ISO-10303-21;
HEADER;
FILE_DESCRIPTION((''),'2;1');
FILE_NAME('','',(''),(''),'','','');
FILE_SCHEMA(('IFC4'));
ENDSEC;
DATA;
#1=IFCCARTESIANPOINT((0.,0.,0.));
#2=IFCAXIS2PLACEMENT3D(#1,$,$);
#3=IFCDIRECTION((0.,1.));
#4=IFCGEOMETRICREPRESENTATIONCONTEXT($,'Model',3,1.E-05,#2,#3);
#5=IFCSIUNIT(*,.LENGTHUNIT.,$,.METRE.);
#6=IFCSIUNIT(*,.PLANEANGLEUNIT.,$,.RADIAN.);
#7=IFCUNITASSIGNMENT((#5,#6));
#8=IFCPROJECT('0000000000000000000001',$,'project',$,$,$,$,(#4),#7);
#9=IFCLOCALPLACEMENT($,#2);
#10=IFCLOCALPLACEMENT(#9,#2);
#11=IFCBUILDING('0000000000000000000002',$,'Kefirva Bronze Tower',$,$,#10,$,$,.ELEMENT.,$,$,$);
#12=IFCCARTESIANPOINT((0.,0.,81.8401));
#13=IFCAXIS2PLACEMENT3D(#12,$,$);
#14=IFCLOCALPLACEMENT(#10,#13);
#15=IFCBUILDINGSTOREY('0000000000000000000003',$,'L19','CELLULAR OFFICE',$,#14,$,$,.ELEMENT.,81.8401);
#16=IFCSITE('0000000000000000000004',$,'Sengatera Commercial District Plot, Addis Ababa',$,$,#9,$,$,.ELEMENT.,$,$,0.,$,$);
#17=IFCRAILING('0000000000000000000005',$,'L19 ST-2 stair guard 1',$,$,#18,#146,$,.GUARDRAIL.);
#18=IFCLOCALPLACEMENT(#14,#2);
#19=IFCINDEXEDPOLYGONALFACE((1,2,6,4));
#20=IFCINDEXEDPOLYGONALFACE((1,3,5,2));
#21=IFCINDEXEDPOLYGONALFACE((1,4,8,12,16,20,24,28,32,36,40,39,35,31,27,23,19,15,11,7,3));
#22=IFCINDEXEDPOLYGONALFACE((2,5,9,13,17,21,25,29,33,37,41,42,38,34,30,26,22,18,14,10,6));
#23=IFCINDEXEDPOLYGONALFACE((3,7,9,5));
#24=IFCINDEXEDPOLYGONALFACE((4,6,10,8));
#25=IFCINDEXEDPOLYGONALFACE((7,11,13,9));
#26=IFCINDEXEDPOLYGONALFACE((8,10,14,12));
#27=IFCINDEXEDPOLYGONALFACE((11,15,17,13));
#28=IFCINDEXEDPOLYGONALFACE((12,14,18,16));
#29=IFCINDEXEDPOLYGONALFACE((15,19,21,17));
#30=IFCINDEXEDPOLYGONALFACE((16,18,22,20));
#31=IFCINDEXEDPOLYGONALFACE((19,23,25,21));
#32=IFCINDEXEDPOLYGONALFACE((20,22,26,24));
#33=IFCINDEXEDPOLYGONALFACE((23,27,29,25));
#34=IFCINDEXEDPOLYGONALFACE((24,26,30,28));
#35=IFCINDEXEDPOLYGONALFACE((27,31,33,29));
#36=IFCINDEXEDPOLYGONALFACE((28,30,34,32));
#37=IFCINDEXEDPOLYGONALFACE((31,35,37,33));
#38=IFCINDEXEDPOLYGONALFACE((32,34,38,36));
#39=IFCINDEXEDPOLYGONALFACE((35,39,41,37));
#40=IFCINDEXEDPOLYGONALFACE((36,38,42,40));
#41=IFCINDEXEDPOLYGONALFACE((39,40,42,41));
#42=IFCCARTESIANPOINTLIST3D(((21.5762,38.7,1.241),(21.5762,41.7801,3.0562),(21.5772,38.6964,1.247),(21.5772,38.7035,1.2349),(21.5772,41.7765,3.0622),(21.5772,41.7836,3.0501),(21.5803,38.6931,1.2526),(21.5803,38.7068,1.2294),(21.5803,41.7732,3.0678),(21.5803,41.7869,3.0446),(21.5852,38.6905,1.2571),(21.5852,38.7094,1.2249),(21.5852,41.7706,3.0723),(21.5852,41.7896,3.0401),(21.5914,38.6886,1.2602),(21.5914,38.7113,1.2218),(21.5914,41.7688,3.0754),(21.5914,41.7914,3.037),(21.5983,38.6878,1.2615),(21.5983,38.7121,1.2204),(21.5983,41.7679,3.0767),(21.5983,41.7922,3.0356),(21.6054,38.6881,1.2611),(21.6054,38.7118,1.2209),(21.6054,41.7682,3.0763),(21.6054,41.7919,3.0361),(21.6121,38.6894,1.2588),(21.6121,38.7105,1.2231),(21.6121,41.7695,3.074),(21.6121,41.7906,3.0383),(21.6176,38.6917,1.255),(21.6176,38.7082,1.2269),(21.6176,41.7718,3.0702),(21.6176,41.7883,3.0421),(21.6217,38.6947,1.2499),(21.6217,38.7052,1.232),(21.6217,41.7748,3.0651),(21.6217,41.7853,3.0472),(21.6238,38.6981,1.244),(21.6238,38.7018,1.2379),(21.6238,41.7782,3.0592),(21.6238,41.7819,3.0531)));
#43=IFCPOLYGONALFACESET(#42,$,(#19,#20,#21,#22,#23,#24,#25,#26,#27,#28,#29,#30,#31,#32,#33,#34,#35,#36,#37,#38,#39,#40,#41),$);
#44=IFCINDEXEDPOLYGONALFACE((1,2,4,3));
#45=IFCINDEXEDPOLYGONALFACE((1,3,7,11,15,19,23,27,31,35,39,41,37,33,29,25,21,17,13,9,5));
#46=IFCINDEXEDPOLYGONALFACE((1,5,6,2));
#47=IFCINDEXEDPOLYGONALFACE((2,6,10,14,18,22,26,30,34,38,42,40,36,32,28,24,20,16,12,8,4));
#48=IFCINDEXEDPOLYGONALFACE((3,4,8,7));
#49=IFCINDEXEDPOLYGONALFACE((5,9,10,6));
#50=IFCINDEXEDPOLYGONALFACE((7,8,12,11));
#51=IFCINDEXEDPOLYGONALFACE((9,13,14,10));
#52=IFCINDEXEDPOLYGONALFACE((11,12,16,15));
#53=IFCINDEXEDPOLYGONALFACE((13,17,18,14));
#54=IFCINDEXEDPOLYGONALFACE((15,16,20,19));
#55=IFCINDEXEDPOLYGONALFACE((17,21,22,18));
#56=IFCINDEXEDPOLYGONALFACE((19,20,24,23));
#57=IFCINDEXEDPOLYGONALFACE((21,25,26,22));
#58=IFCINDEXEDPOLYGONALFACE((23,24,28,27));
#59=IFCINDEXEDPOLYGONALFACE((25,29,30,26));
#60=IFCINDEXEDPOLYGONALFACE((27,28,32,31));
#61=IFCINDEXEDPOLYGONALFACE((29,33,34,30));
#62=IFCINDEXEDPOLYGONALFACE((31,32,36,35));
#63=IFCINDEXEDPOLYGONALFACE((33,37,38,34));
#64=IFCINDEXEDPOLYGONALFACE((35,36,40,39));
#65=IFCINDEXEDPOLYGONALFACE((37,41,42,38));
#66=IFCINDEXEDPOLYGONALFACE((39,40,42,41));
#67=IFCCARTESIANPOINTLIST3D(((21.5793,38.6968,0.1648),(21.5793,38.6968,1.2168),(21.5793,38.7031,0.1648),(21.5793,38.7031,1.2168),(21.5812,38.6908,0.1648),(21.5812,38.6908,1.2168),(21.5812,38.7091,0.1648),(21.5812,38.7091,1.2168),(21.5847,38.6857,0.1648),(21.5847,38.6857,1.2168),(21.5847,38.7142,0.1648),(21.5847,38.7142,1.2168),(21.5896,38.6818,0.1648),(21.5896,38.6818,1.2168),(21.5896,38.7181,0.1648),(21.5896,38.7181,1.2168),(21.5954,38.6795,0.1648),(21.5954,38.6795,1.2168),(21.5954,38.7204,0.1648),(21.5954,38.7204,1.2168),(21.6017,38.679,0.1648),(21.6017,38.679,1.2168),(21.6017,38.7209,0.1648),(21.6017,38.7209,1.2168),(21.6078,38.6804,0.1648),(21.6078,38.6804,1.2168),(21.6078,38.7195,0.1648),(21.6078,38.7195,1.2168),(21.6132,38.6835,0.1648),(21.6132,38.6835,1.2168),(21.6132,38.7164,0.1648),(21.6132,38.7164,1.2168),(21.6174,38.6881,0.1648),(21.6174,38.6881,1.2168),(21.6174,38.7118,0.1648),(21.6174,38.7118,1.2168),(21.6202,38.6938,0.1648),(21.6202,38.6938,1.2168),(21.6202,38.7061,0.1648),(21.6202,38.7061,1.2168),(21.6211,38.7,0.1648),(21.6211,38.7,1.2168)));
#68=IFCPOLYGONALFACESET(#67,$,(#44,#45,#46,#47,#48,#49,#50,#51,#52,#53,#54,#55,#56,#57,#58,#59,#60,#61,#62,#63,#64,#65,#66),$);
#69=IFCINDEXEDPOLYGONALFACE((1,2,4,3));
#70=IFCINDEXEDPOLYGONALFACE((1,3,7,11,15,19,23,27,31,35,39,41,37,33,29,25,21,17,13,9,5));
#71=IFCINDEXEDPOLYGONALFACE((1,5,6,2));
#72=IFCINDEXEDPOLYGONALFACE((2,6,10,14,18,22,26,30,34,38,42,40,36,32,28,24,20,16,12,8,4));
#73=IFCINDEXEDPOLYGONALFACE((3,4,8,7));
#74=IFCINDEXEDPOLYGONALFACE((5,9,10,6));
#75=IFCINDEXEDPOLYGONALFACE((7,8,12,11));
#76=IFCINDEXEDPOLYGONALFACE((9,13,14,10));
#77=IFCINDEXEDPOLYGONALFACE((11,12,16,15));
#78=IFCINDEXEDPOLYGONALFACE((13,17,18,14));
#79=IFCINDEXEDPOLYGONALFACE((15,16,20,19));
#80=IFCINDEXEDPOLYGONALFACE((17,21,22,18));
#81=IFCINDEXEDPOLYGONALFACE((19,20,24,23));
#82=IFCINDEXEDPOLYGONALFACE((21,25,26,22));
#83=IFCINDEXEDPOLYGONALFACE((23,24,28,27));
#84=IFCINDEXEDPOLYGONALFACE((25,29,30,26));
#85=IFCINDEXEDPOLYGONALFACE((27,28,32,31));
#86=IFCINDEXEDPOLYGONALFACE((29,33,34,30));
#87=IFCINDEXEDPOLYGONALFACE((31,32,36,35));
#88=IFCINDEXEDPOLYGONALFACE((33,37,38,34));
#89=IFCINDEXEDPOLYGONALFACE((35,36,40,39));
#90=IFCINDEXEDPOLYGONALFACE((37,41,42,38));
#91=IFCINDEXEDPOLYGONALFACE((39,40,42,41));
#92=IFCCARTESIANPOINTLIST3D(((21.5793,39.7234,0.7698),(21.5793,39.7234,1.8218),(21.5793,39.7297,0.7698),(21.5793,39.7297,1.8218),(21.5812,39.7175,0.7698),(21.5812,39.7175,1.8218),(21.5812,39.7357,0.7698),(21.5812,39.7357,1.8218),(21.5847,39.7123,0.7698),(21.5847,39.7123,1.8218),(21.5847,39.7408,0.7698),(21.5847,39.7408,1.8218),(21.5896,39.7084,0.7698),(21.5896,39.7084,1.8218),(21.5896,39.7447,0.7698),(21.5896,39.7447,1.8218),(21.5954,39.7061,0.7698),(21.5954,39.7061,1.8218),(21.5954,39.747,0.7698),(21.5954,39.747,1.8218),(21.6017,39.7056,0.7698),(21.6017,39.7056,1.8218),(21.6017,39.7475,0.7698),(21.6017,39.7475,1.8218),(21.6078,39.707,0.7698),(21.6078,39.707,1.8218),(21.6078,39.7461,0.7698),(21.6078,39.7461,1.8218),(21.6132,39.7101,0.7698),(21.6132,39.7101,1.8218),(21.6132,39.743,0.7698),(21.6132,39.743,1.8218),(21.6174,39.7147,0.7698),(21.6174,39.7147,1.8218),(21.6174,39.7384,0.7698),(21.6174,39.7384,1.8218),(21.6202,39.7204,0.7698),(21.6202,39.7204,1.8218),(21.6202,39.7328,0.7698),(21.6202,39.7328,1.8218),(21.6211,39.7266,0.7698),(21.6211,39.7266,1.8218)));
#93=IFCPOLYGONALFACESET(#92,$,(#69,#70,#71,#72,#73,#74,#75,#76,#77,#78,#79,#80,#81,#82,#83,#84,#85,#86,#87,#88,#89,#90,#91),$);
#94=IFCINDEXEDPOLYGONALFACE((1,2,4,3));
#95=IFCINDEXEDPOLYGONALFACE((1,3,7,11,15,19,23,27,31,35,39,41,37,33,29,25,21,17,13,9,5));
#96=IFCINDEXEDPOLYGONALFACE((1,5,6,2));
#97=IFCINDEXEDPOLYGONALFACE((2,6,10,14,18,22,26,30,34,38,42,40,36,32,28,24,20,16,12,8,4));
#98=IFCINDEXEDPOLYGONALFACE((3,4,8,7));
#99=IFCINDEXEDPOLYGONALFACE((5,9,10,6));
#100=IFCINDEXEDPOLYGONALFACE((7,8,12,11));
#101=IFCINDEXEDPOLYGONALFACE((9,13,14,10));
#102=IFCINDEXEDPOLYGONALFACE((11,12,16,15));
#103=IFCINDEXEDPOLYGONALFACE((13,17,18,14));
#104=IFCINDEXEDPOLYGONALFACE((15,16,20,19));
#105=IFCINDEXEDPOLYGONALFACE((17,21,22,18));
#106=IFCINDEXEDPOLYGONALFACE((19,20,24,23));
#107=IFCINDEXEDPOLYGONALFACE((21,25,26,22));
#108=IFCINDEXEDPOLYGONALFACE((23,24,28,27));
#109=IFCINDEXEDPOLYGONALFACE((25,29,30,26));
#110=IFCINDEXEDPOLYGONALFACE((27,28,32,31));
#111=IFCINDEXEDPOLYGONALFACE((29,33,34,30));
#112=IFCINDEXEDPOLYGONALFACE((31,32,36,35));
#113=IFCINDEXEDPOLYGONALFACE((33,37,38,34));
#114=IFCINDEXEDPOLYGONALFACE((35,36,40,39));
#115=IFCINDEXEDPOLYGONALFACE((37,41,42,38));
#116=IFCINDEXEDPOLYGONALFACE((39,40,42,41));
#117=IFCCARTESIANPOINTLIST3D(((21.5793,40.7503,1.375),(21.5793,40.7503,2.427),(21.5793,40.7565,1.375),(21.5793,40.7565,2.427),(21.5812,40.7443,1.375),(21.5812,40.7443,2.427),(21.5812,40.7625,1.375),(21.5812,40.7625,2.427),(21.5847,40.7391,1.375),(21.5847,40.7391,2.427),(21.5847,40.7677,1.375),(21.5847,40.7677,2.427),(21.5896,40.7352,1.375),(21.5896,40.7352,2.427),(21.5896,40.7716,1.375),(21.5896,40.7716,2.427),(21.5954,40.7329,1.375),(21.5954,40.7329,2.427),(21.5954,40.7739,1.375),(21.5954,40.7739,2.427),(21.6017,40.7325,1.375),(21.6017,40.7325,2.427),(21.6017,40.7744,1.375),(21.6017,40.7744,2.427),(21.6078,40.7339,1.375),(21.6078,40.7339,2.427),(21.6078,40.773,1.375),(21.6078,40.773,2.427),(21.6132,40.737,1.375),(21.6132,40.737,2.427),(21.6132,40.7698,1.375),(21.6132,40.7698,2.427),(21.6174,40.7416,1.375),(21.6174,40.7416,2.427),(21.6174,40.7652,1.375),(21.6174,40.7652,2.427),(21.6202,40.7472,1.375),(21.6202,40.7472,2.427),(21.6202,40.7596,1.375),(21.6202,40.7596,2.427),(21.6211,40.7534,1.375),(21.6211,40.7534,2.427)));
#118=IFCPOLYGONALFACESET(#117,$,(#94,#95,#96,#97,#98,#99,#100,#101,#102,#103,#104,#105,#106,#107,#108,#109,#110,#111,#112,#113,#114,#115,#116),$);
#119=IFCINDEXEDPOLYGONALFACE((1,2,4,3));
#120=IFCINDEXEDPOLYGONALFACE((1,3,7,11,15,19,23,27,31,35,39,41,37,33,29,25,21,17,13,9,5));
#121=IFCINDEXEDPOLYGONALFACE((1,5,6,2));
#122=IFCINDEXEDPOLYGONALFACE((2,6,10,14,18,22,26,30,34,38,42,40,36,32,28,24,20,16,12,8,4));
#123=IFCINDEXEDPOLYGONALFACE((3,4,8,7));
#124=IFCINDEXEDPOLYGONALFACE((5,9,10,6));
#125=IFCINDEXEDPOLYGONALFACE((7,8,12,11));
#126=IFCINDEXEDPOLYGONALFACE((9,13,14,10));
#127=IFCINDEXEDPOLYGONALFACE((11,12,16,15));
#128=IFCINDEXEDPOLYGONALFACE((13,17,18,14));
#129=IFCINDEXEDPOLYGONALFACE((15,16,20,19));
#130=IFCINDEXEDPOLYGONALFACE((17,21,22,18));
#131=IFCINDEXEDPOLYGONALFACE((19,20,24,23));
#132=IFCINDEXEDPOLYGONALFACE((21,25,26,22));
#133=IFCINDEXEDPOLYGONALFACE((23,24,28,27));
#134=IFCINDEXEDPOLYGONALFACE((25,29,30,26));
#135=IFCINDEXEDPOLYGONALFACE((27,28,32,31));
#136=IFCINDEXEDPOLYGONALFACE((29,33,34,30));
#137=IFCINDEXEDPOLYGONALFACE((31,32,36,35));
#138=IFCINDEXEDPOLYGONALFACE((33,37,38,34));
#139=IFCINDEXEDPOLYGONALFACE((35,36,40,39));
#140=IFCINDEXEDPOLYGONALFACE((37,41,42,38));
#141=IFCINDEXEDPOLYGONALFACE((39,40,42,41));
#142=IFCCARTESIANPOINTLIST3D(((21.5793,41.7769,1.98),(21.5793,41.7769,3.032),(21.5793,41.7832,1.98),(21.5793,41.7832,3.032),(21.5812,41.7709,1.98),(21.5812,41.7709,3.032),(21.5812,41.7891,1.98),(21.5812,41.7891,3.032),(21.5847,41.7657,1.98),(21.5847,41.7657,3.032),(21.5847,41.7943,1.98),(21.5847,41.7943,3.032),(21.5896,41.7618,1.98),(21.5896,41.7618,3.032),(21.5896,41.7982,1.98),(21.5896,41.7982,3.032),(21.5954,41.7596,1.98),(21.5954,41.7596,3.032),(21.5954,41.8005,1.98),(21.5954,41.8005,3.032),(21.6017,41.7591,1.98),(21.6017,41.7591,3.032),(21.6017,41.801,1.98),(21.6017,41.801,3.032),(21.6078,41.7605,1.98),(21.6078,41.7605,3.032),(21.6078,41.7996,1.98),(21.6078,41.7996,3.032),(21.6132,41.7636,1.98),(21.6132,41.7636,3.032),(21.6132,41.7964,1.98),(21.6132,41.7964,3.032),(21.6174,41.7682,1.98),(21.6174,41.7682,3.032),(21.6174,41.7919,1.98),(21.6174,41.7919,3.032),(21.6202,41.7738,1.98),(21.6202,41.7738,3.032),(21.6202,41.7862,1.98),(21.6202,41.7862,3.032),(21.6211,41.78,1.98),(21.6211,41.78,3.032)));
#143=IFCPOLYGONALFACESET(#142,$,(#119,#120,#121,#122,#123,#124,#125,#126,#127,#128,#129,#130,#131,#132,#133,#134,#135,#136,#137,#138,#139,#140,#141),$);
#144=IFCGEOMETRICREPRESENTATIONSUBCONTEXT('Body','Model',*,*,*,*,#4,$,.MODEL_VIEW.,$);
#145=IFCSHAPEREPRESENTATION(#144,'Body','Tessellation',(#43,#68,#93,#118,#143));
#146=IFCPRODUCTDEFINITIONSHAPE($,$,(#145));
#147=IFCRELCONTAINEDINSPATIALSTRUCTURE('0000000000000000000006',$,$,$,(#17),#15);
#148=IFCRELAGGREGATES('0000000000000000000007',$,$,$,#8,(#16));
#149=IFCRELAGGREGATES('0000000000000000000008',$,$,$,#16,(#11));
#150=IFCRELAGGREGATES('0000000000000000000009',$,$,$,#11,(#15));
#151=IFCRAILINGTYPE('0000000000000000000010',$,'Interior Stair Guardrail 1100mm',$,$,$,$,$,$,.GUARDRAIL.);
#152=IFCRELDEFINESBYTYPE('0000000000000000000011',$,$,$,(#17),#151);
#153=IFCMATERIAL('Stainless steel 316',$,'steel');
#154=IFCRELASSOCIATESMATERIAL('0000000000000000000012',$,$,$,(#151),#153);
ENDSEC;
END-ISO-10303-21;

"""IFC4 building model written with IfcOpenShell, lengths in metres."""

from ifc_helpers import new_model, si_unit, direction, frame, origin, origin_2d, place, context, subcontext, project, spatial, circle, extrude, material, type_object, element, save


model = new_model("IFC4")

# Units and contexts
model_context = context("Model", 3, precision=1e-05, world=origin(), true_north=direction((0.0, 1.0)))
body_context = subcontext(model_context, "Body", "Model", "MODEL_VIEW")
ifc_project = project(units=[si_unit("LENGTHUNIT", "METRE"), si_unit("PLANEANGLEUNIT", "RADIAN")], contexts=[model_context])

# Site, building, storey
site_placement = place(None, origin())
site = spatial("IfcSite", under=ifc_project, at=site_placement, Name="Sengatera Commercial District Plot, Addis Ababa", CompositionType="ELEMENT", RefElevation=0.0)
building_placement = place(site_placement, origin())
building = spatial("IfcBuilding", under=site, at=building_placement, Name="Kefirva Bronze Tower", CompositionType="ELEMENT")
storey_placement = place(building_placement, frame((0.0, 0.0, 81.8401)))
storey = spatial("IfcBuildingStorey", under=building, at=storey_placement, Name="L19", Description="CELLULAR OFFICE", CompositionType="ELEMENT", Elevation=81.8401)

# Railing
ifc_material_1 = material(Name="Stainless steel 316", Category="steel")
railing_type_1 = type_object("IfcRailingType", Name="Interior Stair Guardrail 1100mm", PredefinedType="GUARDRAIL", material=ifc_material_1)
railing_1_placement = place(storey_placement, frame((21.6001, 38.7, 0.1648)))
element("IfcRailing", 1, at=railing_1_placement, inside=storey, type_object=railing_type_1, Name="L19 ST-2 stair guard 1", PredefinedType="GUARDRAIL", context=body_context, shape_type="SweptSolid", body=[
    extrude(circle(Radius=0.0239, at=origin_2d()), frame((0.0, 0.0, 1.0762), z_axis=(0.0, 0.861521, 0.507721), x_axis=(-1.0, 0.0, 0.0)), (0.0, 0.0, 1.0), 3.5752),
    extrude(circle(Radius=0.021, at=origin_2d()), origin(), (0.0, 0.0, 1.0), 1.052),
    extrude(circle(Radius=0.021, at=origin_2d()), frame((0.0, 1.0266, 0.605)), (0.0, 0.0, 1.0), 1.052),
    extrude(circle(Radius=0.021, at=origin_2d()), frame((0.0, 2.0535, 1.2102)), (0.0, 0.0, 1.0), 1.052),
    extrude(circle(Radius=0.021, at=origin_2d()), frame((0.0, 3.0801, 1.8152)), (0.0, 0.0, 1.0), 1.052),
])

save(model, "model.ifc")
